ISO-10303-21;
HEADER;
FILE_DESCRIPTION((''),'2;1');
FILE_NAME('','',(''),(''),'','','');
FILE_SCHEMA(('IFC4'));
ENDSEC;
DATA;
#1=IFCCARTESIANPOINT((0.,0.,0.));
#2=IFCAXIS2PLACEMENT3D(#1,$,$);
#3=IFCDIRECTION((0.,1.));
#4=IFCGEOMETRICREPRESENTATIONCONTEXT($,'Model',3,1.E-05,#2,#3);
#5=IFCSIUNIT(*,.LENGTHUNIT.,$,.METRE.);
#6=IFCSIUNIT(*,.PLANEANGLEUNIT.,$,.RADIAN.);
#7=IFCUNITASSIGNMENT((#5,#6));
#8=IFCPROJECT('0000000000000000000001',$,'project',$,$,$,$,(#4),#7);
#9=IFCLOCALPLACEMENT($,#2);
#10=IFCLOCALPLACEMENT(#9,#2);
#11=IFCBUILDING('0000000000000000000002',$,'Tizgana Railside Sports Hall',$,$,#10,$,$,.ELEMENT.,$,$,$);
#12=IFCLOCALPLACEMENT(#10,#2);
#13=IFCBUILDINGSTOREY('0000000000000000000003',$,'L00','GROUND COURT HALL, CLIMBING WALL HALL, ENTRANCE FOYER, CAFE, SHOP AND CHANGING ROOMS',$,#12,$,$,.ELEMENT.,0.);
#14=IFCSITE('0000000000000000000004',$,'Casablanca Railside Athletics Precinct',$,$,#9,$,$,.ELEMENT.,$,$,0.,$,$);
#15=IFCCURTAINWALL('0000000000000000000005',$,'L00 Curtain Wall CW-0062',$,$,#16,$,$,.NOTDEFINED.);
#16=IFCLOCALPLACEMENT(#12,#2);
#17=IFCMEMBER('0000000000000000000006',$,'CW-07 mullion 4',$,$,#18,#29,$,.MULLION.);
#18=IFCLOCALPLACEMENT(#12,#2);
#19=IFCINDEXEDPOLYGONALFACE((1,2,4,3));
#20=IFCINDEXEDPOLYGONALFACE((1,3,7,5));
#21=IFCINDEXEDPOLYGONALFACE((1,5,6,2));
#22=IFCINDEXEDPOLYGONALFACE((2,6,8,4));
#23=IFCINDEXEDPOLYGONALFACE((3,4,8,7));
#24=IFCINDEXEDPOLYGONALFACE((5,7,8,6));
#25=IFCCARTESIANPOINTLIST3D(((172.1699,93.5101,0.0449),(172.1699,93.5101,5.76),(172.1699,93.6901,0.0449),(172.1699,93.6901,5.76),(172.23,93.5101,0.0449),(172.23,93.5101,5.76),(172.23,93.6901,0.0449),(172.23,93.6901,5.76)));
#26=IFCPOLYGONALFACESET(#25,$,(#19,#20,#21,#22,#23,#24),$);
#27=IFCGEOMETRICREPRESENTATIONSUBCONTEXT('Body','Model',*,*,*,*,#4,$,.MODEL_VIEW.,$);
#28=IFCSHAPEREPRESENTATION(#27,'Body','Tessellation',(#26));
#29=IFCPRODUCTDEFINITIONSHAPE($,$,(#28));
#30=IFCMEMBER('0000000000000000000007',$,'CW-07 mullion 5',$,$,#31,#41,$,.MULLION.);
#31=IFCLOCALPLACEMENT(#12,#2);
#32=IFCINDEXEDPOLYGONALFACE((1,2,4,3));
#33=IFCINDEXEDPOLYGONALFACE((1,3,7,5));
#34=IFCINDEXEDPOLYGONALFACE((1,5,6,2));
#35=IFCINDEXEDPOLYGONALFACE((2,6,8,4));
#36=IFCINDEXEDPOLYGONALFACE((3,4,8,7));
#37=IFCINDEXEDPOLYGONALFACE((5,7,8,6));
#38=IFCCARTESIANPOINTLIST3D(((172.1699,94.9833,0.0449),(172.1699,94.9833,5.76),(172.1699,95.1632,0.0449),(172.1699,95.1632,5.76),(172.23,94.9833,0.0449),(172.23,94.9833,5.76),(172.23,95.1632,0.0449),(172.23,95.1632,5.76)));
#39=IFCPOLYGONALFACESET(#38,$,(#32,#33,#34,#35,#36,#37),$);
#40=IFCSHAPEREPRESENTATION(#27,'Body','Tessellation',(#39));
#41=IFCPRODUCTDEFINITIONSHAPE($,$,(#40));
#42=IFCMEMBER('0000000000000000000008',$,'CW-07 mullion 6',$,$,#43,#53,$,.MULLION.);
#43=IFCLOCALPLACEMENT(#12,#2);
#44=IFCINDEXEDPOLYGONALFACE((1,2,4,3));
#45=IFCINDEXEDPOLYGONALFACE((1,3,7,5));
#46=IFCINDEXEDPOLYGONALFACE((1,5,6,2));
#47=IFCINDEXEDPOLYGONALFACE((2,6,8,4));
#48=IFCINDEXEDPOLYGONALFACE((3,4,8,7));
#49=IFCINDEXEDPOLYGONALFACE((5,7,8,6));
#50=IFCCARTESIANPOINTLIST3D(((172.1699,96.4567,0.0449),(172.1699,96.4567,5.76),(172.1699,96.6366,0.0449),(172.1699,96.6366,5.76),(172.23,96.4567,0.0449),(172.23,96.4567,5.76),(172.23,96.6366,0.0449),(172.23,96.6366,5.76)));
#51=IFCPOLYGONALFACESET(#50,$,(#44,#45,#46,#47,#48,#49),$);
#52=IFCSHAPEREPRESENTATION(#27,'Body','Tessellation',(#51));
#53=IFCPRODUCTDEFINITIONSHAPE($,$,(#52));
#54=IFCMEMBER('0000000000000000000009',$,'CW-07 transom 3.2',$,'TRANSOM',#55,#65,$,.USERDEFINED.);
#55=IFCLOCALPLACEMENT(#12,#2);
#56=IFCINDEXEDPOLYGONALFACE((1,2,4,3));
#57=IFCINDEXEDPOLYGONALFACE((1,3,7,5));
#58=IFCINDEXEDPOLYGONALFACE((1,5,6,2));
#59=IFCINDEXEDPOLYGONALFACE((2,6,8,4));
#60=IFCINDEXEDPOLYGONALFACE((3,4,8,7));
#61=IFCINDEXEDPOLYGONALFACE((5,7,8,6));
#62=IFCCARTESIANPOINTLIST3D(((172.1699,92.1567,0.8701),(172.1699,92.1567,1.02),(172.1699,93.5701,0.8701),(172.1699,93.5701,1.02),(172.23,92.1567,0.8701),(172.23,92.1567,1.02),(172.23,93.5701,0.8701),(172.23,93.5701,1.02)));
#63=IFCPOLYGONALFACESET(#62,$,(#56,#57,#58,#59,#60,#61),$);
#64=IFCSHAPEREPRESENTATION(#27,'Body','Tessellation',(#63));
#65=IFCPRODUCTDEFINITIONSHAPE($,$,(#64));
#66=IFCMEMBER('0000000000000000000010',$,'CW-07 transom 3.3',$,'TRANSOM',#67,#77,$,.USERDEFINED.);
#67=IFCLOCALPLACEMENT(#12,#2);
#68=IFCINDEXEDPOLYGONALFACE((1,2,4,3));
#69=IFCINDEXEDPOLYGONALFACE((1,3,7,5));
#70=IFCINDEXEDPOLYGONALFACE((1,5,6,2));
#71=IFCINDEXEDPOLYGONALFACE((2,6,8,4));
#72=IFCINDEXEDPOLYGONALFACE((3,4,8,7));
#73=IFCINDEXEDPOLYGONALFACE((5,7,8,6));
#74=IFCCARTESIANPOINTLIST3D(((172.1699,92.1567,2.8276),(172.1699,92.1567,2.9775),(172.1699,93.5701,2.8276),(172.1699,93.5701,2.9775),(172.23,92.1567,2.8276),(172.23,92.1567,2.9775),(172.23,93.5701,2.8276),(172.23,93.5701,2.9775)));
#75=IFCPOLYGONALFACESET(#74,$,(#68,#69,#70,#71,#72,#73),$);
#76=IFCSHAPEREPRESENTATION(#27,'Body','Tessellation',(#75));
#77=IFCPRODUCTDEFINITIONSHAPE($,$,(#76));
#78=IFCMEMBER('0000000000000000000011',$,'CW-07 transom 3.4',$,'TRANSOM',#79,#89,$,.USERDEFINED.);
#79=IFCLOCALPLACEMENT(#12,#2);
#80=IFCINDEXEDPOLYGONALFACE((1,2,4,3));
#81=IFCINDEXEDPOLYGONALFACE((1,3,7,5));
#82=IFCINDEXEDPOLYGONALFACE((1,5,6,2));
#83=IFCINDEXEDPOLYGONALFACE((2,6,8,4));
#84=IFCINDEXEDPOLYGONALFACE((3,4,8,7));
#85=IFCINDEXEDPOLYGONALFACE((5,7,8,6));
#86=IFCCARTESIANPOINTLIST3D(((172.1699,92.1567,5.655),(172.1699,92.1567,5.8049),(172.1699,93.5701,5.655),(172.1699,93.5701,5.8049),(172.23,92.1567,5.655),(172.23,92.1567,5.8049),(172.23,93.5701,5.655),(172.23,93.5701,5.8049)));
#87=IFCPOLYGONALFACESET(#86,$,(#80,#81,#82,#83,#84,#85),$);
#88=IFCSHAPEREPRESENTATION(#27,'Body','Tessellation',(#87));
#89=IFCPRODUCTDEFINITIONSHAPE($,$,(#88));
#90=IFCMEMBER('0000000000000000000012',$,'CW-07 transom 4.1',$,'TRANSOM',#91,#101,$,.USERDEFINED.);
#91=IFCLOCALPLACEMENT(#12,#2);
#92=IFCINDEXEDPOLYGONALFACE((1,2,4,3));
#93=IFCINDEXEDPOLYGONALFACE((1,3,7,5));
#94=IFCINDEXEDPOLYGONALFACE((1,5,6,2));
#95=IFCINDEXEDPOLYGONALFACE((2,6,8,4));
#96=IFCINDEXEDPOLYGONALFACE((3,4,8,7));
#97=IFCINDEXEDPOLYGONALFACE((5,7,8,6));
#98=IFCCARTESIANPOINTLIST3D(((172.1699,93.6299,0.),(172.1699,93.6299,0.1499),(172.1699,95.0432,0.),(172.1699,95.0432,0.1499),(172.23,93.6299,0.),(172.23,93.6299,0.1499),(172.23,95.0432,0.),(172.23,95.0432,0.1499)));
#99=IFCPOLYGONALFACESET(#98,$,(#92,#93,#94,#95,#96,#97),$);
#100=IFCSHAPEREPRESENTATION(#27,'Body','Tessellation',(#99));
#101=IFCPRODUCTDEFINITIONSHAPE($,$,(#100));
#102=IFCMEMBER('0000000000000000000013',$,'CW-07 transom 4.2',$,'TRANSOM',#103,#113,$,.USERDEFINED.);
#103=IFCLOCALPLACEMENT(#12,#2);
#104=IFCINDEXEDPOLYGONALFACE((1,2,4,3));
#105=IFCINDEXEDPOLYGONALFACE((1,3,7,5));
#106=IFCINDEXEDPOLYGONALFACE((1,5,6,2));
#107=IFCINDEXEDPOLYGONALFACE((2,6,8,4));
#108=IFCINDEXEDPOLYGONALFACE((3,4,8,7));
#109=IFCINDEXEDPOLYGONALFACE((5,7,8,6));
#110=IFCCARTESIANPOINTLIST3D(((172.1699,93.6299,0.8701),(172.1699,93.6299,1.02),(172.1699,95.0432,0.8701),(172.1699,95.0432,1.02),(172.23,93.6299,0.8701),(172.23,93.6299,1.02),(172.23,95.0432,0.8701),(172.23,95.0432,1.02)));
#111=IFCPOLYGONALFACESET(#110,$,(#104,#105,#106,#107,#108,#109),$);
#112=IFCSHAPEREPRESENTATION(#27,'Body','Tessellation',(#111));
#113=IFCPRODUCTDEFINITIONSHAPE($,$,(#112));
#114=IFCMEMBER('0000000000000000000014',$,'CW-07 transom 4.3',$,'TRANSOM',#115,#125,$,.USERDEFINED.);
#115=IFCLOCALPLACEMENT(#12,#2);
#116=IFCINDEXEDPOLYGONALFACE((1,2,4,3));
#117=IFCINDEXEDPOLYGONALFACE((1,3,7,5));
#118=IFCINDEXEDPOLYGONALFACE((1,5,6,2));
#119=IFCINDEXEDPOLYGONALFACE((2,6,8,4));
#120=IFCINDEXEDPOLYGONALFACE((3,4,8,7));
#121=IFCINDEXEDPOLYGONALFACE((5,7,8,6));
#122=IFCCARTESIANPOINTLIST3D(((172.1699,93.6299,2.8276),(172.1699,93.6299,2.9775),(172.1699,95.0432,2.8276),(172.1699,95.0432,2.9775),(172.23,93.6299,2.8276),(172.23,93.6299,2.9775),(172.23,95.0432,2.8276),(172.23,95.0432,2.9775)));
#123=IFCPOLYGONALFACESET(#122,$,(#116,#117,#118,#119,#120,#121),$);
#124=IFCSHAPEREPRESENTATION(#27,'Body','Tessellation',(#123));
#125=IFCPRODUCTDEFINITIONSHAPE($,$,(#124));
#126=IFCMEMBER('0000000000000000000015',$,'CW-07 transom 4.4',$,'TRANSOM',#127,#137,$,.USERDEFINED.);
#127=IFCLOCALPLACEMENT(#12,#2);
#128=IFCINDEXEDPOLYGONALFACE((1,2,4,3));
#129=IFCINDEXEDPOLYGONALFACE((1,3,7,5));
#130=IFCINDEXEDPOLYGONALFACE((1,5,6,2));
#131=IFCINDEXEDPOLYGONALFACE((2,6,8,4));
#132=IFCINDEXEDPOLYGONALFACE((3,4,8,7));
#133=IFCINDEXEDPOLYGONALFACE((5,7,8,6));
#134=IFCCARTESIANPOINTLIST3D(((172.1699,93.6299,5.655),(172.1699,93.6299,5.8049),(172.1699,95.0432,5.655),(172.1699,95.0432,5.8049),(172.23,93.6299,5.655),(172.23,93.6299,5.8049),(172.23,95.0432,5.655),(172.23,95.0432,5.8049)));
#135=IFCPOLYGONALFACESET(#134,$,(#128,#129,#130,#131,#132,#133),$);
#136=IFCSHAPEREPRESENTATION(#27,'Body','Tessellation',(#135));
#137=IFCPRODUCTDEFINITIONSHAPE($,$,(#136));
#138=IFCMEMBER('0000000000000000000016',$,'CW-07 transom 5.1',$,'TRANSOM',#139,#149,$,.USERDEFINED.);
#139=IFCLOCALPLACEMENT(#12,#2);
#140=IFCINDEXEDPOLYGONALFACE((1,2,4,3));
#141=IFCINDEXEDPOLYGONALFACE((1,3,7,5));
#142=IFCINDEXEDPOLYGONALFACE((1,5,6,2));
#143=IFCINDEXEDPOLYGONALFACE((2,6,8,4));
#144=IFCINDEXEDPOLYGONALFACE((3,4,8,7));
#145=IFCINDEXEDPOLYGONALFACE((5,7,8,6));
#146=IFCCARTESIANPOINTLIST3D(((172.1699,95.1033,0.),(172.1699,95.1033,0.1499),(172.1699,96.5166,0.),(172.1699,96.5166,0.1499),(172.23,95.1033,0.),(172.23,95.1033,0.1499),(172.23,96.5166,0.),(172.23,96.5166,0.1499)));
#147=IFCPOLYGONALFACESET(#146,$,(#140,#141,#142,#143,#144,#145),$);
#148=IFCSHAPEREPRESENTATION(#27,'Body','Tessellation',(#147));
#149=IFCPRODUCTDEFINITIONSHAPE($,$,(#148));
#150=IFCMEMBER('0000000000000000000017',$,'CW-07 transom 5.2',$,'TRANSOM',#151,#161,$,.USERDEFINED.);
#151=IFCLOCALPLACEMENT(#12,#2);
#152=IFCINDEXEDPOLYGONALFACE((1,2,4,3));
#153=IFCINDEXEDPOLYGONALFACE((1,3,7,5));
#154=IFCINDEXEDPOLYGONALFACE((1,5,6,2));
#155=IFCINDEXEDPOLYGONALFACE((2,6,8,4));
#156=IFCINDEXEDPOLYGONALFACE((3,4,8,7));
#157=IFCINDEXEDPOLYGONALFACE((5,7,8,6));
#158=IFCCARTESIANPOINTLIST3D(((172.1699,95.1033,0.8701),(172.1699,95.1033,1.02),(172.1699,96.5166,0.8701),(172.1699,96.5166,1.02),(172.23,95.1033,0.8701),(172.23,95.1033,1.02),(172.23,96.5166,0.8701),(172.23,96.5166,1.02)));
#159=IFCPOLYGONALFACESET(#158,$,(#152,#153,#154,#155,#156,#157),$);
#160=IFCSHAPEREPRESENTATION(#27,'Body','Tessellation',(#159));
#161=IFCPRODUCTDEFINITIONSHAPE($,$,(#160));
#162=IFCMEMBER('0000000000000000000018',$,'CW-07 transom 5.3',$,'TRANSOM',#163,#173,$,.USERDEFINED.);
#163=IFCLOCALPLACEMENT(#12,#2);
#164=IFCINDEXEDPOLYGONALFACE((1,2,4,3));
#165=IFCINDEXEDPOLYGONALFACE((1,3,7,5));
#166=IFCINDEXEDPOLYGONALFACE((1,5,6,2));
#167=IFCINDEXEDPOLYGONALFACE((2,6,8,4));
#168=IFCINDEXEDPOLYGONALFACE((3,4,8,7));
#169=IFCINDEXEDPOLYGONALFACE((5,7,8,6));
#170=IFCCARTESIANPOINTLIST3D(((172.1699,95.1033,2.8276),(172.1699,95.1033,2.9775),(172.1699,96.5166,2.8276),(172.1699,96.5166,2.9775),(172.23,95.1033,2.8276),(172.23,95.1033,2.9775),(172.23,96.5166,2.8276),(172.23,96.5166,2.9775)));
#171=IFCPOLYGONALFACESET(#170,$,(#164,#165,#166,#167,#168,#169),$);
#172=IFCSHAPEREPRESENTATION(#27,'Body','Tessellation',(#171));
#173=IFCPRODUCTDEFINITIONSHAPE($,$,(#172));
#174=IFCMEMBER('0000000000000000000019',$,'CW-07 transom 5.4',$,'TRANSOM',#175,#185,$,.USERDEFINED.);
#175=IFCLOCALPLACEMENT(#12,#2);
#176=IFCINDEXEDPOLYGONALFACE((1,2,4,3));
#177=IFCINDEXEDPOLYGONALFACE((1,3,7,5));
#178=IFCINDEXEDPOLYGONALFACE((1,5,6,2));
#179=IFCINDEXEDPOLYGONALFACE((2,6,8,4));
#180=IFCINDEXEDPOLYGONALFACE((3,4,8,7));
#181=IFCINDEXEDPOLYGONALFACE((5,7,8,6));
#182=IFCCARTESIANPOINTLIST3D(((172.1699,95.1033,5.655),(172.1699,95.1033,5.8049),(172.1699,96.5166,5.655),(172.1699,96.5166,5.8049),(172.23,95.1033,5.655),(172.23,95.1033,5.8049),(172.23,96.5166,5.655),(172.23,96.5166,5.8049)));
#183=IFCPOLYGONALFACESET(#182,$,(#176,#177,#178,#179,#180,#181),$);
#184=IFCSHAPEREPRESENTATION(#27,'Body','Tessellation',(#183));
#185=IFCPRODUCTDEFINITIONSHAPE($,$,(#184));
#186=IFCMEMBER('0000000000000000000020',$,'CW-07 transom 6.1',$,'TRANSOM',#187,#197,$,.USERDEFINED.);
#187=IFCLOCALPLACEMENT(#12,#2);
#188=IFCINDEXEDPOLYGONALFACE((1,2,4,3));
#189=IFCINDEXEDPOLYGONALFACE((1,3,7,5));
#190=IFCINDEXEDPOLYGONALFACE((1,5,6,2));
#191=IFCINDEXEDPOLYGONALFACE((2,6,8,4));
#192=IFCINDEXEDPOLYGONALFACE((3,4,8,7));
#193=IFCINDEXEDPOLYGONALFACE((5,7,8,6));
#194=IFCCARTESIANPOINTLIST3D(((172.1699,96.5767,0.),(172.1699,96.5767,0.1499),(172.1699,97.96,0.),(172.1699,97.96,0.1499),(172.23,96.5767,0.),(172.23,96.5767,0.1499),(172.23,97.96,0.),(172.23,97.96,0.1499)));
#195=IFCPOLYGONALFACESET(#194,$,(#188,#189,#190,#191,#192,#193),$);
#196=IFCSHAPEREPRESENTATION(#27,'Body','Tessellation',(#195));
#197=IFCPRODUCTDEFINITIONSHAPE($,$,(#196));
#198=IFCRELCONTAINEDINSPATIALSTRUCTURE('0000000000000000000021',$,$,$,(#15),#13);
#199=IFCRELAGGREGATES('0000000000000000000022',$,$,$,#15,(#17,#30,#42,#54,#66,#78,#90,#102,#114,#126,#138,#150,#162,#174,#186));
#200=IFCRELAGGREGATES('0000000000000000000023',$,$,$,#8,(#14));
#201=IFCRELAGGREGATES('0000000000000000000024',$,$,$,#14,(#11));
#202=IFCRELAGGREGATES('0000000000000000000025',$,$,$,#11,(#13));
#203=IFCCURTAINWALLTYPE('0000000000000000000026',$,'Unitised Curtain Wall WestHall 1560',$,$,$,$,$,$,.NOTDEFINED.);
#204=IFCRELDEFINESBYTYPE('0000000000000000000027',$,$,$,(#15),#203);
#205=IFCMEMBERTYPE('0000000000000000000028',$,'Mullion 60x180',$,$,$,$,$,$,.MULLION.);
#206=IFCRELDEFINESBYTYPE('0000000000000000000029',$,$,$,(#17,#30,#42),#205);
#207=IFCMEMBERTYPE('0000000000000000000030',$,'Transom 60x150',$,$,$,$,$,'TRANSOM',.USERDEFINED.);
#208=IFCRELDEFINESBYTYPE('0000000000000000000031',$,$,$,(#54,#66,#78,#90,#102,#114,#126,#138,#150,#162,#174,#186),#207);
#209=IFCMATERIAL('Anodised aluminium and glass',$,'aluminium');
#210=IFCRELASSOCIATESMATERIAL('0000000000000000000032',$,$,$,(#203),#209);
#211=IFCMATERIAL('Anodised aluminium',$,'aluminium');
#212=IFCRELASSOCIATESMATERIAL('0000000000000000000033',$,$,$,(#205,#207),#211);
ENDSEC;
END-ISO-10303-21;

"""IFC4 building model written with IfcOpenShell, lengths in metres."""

from ifc_helpers import new_model, si_unit, direction, frame, origin, origin_2d, place, context, subcontext, project, spatial, rectangle, extrude, material, material_profile, profile_set, type_object, element, aggregate, save


model = new_model("IFC4")

# Units and contexts
model_context = context("Model", 3, precision=1e-05, world=origin(), true_north=direction((0.0, 1.0)))
body_context = subcontext(model_context, "Body", "Model", "MODEL_VIEW")
ifc_project = project(units=[si_unit("LENGTHUNIT", "METRE"), si_unit("PLANEANGLEUNIT", "RADIAN")], contexts=[model_context])

# Site, building, storey
site_placement = place(None, origin())
site = spatial("IfcSite", under=ifc_project, at=site_placement, Name="Casablanca Railside Athletics Precinct", CompositionType="ELEMENT", RefElevation=0.0)
building_placement = place(site_placement, origin())
building = spatial("IfcBuilding", under=site, at=building_placement, Name="Tizgana Railside Sports Hall", CompositionType="ELEMENT")
storey_placement = place(building_placement, origin())
storey = spatial("IfcBuildingStorey", under=building, at=storey_placement, Name="L00", Description="GROUND COURT HALL, CLIMBING WALL HALL, ENTRANCE FOYER, CAFE, SHOP AND CHANGING ROOMS", CompositionType="ELEMENT", Elevation=0.0)

# Curtain wall, members
ifc_material_1 = material(Name="Anodised aluminium and glass", Category="aluminium")
curtain_wall_type = type_object("IfcCurtainWallType", Name="Unitised Curtain Wall WestHall 1560", PredefinedType="NOTDEFINED", material=ifc_material_1)
curtain_wall_placement = place(storey_placement, origin())
curtain_wall = element("IfcCurtainWall", 1, at=curtain_wall_placement, inside=storey, type_object=curtain_wall_type, Name="L00 Curtain Wall CW-0062", PredefinedType="NOTDEFINED")
ifc_material_2 = material(Name="Anodised aluminium", Category="aluminium")
ifc_material_profile_1 = material_profile(ifc_material_2, rectangle(XDim=0.0601, YDim=0.1799, at=origin_2d()), Name="Mullion 60x180")
ifc_profile_set_1 = profile_set([ifc_material_profile_1], Name="Anodised aluminium")
member_type_1 = type_object("IfcMemberType", Name="Mullion 60x180", PredefinedType="MULLION", material=ifc_profile_set_1)
member_1_placement = place(storey_placement, frame((172.2, 93.6001, 0.0449), z_axis=(0.0, 0.0, 1.0), x_axis=(-1.0, 0.0, 0.0)))
member_1 = element("IfcMember", 2, at=member_1_placement, type_object=member_type_1, Name="CW-07 mullion 4", PredefinedType="MULLION", context=body_context, shape_type="SweptSolid", body=[
    extrude(rectangle(XDim=0.0601, YDim=0.1799, at=origin_2d()), origin(), (0.0, 0.0, 1.0), 5.7151),
])
member_2_placement = place(storey_placement, frame((172.2, 95.0732, 0.0449), z_axis=(0.0, 0.0, 1.0), x_axis=(-1.0, 0.0, 0.0)))
member_2 = element("IfcMember", 3, at=member_2_placement, type_object=member_type_1, Name="CW-07 mullion 5", PredefinedType="MULLION", context=body_context, shape_type="SweptSolid", body=[
    extrude(rectangle(XDim=0.0601, YDim=0.1799, at=origin_2d()), origin(), (0.0, 0.0, 1.0), 5.7151),
])
member_3_placement = place(storey_placement, frame((172.2, 96.5466, 0.0449), z_axis=(0.0, 0.0, 1.0), x_axis=(-1.0, 0.0, 0.0)))
member_3 = element("IfcMember", 4, at=member_3_placement, type_object=member_type_1, Name="CW-07 mullion 6", PredefinedType="MULLION", context=body_context, shape_type="SweptSolid", body=[
    extrude(rectangle(XDim=0.0601, YDim=0.1799, at=origin_2d()), origin(), (0.0, 0.0, 1.0), 5.7151),
])
ifc_material_profile_2 = material_profile(ifc_material_2, rectangle(XDim=0.0601, YDim=0.1499, at=origin_2d()), Name="Transom 60x150")
ifc_profile_set_2 = profile_set([ifc_material_profile_2], Name="Anodised aluminium")
member_type_2 = type_object("IfcMemberType", Name="Transom 60x150", ElementType="TRANSOM", PredefinedType="USERDEFINED", material=ifc_profile_set_2)
member_4_placement = place(storey_placement, frame((172.2, 92.1567, 0.9451), z_axis=(0.0, 1.0, 0.0), x_axis=(-1.0, 0.0, 0.0)))
member_4 = element("IfcMember", 5, at=member_4_placement, type_object=member_type_2, Name="CW-07 transom 3.2", ObjectType="TRANSOM", PredefinedType="USERDEFINED", context=body_context, shape_type="SweptSolid", body=[
    extrude(rectangle(XDim=0.0601, YDim=0.1499, at=origin_2d()), origin(), (0.0, 0.0, 1.0), 1.4133),
])
member_5_placement = place(storey_placement, frame((172.2, 92.1567, 2.9026), z_axis=(0.0, 1.0, 0.0), x_axis=(-1.0, 0.0, 0.0)))
member_5 = element("IfcMember", 6, at=member_5_placement, type_object=member_type_2, Name="CW-07 transom 3.3", ObjectType="TRANSOM", PredefinedType="USERDEFINED", context=body_context, shape_type="SweptSolid", body=[
    extrude(rectangle(XDim=0.0601, YDim=0.1499, at=origin_2d()), origin(), (0.0, 0.0, 1.0), 1.4133),
])
member_6_placement = place(storey_placement, frame((172.2, 92.1567, 5.73), z_axis=(0.0, 1.0, 0.0), x_axis=(-1.0, 0.0, 0.0)))
member_6 = element("IfcMember", 7, at=member_6_placement, type_object=member_type_2, Name="CW-07 transom 3.4", ObjectType="TRANSOM", PredefinedType="USERDEFINED", context=body_context, shape_type="SweptSolid", body=[
    extrude(rectangle(XDim=0.0601, YDim=0.1499, at=origin_2d()), origin(), (0.0, 0.0, 1.0), 1.4133),
])
member_7_placement = place(storey_placement, frame((172.2, 93.6299, 0.075), z_axis=(0.0, 1.0, 0.0), x_axis=(-1.0, 0.0, 0.0)))
member_7 = element("IfcMember", 8, at=member_7_placement, type_object=member_type_2, Name="CW-07 transom 4.1", ObjectType="TRANSOM", PredefinedType="USERDEFINED", context=body_context, shape_type="SweptSolid", body=[
    extrude(rectangle(XDim=0.0601, YDim=0.1499, at=origin_2d()), origin(), (0.0, 0.0, 1.0), 1.4133),
])
member_8_placement = place(storey_placement, frame((172.2, 93.6299, 0.9451), z_axis=(0.0, 1.0, 0.0), x_axis=(-1.0, 0.0, 0.0)))
member_8 = element("IfcMember", 9, at=member_8_placement, type_object=member_type_2, Name="CW-07 transom 4.2", ObjectType="TRANSOM", PredefinedType="USERDEFINED", context=body_context, shape_type="SweptSolid", body=[
    extrude(rectangle(XDim=0.0601, YDim=0.1499, at=origin_2d()), origin(), (0.0, 0.0, 1.0), 1.4133),
])
member_9_placement = place(storey_placement, frame((172.2, 93.6299, 2.9026), z_axis=(0.0, 1.0, 0.0), x_axis=(-1.0, 0.0, 0.0)))
member_9 = element("IfcMember", 10, at=member_9_placement, type_object=member_type_2, Name="CW-07 transom 4.3", ObjectType="TRANSOM", PredefinedType="USERDEFINED", context=body_context, shape_type="SweptSolid", body=[
    extrude(rectangle(XDim=0.0601, YDim=0.1499, at=origin_2d()), origin(), (0.0, 0.0, 1.0), 1.4133),
])
member_10_placement = place(storey_placement, frame((172.2, 93.6299, 5.73), z_axis=(0.0, 1.0, 0.0), x_axis=(-1.0, 0.0, 0.0)))
member_10 = element("IfcMember", 11, at=member_10_placement, type_object=member_type_2, Name="CW-07 transom 4.4", ObjectType="TRANSOM", PredefinedType="USERDEFINED", context=body_context, shape_type="SweptSolid", body=[
    extrude(rectangle(XDim=0.0601, YDim=0.1499, at=origin_2d()), origin(), (0.0, 0.0, 1.0), 1.4133),
])
member_11_placement = place(storey_placement, frame((172.2, 95.1033, 0.075), z_axis=(0.0, 1.0, 0.0), x_axis=(-1.0, 0.0, 0.0)))
member_11 = element("IfcMember", 12, at=member_11_placement, type_object=member_type_2, Name="CW-07 transom 5.1", ObjectType="TRANSOM", PredefinedType="USERDEFINED", context=body_context, shape_type="SweptSolid", body=[
    extrude(rectangle(XDim=0.0601, YDim=0.1499, at=origin_2d()), origin(), (0.0, 0.0, 1.0), 1.4133),
])
member_12_placement = place(storey_placement, frame((172.2, 95.1033, 0.9451), z_axis=(0.0, 1.0, 0.0), x_axis=(-1.0, 0.0, 0.0)))
member_12 = element("IfcMember", 13, at=member_12_placement, type_object=member_type_2, Name="CW-07 transom 5.2", ObjectType="TRANSOM", PredefinedType="USERDEFINED", context=body_context, shape_type="SweptSolid", body=[
    extrude(rectangle(XDim=0.0601, YDim=0.1499, at=origin_2d()), origin(), (0.0, 0.0, 1.0), 1.4133),
])
member_13_placement = place(storey_placement, frame((172.2, 95.1033, 2.9026), z_axis=(0.0, 1.0, 0.0), x_axis=(-1.0, 0.0, 0.0)))
member_13 = element("IfcMember", 14, at=member_13_placement, type_object=member_type_2, Name="CW-07 transom 5.3", ObjectType="TRANSOM", PredefinedType="USERDEFINED", context=body_context, shape_type="SweptSolid", body=[
    extrude(rectangle(XDim=0.0601, YDim=0.1499, at=origin_2d()), origin(), (0.0, 0.0, 1.0), 1.4133),
])
member_14_placement = place(storey_placement, frame((172.2, 95.1033, 5.73), z_axis=(0.0, 1.0, 0.0), x_axis=(-1.0, 0.0, 0.0)))
member_14 = element("IfcMember", 15, at=member_14_placement, type_object=member_type_2, Name="CW-07 transom 5.4", ObjectType="TRANSOM", PredefinedType="USERDEFINED", context=body_context, shape_type="SweptSolid", body=[
    extrude(rectangle(XDim=0.0601, YDim=0.1499, at=origin_2d()), origin(), (0.0, 0.0, 1.0), 1.4133),
])
member_15_placement = place(storey_placement, frame((172.2, 96.5767, 0.075), z_axis=(0.0, 1.0, 0.0), x_axis=(-1.0, 0.0, 0.0)))
member_15 = element("IfcMember", 16, at=member_15_placement, type_object=member_type_2, Name="CW-07 transom 6.1", ObjectType="TRANSOM", PredefinedType="USERDEFINED", context=body_context, shape_type="SweptSolid", body=[
    extrude(rectangle(XDim=0.0601, YDim=0.1499, at=origin_2d()), origin(), (0.0, 0.0, 1.0), 1.3833),
])
aggregate(curtain_wall, [member_1, member_2, member_3, member_4, member_5, member_6, member_7, member_8, member_9, member_10, member_11, member_12, member_13, member_14, member_15])

save(model, "model.ifc")
